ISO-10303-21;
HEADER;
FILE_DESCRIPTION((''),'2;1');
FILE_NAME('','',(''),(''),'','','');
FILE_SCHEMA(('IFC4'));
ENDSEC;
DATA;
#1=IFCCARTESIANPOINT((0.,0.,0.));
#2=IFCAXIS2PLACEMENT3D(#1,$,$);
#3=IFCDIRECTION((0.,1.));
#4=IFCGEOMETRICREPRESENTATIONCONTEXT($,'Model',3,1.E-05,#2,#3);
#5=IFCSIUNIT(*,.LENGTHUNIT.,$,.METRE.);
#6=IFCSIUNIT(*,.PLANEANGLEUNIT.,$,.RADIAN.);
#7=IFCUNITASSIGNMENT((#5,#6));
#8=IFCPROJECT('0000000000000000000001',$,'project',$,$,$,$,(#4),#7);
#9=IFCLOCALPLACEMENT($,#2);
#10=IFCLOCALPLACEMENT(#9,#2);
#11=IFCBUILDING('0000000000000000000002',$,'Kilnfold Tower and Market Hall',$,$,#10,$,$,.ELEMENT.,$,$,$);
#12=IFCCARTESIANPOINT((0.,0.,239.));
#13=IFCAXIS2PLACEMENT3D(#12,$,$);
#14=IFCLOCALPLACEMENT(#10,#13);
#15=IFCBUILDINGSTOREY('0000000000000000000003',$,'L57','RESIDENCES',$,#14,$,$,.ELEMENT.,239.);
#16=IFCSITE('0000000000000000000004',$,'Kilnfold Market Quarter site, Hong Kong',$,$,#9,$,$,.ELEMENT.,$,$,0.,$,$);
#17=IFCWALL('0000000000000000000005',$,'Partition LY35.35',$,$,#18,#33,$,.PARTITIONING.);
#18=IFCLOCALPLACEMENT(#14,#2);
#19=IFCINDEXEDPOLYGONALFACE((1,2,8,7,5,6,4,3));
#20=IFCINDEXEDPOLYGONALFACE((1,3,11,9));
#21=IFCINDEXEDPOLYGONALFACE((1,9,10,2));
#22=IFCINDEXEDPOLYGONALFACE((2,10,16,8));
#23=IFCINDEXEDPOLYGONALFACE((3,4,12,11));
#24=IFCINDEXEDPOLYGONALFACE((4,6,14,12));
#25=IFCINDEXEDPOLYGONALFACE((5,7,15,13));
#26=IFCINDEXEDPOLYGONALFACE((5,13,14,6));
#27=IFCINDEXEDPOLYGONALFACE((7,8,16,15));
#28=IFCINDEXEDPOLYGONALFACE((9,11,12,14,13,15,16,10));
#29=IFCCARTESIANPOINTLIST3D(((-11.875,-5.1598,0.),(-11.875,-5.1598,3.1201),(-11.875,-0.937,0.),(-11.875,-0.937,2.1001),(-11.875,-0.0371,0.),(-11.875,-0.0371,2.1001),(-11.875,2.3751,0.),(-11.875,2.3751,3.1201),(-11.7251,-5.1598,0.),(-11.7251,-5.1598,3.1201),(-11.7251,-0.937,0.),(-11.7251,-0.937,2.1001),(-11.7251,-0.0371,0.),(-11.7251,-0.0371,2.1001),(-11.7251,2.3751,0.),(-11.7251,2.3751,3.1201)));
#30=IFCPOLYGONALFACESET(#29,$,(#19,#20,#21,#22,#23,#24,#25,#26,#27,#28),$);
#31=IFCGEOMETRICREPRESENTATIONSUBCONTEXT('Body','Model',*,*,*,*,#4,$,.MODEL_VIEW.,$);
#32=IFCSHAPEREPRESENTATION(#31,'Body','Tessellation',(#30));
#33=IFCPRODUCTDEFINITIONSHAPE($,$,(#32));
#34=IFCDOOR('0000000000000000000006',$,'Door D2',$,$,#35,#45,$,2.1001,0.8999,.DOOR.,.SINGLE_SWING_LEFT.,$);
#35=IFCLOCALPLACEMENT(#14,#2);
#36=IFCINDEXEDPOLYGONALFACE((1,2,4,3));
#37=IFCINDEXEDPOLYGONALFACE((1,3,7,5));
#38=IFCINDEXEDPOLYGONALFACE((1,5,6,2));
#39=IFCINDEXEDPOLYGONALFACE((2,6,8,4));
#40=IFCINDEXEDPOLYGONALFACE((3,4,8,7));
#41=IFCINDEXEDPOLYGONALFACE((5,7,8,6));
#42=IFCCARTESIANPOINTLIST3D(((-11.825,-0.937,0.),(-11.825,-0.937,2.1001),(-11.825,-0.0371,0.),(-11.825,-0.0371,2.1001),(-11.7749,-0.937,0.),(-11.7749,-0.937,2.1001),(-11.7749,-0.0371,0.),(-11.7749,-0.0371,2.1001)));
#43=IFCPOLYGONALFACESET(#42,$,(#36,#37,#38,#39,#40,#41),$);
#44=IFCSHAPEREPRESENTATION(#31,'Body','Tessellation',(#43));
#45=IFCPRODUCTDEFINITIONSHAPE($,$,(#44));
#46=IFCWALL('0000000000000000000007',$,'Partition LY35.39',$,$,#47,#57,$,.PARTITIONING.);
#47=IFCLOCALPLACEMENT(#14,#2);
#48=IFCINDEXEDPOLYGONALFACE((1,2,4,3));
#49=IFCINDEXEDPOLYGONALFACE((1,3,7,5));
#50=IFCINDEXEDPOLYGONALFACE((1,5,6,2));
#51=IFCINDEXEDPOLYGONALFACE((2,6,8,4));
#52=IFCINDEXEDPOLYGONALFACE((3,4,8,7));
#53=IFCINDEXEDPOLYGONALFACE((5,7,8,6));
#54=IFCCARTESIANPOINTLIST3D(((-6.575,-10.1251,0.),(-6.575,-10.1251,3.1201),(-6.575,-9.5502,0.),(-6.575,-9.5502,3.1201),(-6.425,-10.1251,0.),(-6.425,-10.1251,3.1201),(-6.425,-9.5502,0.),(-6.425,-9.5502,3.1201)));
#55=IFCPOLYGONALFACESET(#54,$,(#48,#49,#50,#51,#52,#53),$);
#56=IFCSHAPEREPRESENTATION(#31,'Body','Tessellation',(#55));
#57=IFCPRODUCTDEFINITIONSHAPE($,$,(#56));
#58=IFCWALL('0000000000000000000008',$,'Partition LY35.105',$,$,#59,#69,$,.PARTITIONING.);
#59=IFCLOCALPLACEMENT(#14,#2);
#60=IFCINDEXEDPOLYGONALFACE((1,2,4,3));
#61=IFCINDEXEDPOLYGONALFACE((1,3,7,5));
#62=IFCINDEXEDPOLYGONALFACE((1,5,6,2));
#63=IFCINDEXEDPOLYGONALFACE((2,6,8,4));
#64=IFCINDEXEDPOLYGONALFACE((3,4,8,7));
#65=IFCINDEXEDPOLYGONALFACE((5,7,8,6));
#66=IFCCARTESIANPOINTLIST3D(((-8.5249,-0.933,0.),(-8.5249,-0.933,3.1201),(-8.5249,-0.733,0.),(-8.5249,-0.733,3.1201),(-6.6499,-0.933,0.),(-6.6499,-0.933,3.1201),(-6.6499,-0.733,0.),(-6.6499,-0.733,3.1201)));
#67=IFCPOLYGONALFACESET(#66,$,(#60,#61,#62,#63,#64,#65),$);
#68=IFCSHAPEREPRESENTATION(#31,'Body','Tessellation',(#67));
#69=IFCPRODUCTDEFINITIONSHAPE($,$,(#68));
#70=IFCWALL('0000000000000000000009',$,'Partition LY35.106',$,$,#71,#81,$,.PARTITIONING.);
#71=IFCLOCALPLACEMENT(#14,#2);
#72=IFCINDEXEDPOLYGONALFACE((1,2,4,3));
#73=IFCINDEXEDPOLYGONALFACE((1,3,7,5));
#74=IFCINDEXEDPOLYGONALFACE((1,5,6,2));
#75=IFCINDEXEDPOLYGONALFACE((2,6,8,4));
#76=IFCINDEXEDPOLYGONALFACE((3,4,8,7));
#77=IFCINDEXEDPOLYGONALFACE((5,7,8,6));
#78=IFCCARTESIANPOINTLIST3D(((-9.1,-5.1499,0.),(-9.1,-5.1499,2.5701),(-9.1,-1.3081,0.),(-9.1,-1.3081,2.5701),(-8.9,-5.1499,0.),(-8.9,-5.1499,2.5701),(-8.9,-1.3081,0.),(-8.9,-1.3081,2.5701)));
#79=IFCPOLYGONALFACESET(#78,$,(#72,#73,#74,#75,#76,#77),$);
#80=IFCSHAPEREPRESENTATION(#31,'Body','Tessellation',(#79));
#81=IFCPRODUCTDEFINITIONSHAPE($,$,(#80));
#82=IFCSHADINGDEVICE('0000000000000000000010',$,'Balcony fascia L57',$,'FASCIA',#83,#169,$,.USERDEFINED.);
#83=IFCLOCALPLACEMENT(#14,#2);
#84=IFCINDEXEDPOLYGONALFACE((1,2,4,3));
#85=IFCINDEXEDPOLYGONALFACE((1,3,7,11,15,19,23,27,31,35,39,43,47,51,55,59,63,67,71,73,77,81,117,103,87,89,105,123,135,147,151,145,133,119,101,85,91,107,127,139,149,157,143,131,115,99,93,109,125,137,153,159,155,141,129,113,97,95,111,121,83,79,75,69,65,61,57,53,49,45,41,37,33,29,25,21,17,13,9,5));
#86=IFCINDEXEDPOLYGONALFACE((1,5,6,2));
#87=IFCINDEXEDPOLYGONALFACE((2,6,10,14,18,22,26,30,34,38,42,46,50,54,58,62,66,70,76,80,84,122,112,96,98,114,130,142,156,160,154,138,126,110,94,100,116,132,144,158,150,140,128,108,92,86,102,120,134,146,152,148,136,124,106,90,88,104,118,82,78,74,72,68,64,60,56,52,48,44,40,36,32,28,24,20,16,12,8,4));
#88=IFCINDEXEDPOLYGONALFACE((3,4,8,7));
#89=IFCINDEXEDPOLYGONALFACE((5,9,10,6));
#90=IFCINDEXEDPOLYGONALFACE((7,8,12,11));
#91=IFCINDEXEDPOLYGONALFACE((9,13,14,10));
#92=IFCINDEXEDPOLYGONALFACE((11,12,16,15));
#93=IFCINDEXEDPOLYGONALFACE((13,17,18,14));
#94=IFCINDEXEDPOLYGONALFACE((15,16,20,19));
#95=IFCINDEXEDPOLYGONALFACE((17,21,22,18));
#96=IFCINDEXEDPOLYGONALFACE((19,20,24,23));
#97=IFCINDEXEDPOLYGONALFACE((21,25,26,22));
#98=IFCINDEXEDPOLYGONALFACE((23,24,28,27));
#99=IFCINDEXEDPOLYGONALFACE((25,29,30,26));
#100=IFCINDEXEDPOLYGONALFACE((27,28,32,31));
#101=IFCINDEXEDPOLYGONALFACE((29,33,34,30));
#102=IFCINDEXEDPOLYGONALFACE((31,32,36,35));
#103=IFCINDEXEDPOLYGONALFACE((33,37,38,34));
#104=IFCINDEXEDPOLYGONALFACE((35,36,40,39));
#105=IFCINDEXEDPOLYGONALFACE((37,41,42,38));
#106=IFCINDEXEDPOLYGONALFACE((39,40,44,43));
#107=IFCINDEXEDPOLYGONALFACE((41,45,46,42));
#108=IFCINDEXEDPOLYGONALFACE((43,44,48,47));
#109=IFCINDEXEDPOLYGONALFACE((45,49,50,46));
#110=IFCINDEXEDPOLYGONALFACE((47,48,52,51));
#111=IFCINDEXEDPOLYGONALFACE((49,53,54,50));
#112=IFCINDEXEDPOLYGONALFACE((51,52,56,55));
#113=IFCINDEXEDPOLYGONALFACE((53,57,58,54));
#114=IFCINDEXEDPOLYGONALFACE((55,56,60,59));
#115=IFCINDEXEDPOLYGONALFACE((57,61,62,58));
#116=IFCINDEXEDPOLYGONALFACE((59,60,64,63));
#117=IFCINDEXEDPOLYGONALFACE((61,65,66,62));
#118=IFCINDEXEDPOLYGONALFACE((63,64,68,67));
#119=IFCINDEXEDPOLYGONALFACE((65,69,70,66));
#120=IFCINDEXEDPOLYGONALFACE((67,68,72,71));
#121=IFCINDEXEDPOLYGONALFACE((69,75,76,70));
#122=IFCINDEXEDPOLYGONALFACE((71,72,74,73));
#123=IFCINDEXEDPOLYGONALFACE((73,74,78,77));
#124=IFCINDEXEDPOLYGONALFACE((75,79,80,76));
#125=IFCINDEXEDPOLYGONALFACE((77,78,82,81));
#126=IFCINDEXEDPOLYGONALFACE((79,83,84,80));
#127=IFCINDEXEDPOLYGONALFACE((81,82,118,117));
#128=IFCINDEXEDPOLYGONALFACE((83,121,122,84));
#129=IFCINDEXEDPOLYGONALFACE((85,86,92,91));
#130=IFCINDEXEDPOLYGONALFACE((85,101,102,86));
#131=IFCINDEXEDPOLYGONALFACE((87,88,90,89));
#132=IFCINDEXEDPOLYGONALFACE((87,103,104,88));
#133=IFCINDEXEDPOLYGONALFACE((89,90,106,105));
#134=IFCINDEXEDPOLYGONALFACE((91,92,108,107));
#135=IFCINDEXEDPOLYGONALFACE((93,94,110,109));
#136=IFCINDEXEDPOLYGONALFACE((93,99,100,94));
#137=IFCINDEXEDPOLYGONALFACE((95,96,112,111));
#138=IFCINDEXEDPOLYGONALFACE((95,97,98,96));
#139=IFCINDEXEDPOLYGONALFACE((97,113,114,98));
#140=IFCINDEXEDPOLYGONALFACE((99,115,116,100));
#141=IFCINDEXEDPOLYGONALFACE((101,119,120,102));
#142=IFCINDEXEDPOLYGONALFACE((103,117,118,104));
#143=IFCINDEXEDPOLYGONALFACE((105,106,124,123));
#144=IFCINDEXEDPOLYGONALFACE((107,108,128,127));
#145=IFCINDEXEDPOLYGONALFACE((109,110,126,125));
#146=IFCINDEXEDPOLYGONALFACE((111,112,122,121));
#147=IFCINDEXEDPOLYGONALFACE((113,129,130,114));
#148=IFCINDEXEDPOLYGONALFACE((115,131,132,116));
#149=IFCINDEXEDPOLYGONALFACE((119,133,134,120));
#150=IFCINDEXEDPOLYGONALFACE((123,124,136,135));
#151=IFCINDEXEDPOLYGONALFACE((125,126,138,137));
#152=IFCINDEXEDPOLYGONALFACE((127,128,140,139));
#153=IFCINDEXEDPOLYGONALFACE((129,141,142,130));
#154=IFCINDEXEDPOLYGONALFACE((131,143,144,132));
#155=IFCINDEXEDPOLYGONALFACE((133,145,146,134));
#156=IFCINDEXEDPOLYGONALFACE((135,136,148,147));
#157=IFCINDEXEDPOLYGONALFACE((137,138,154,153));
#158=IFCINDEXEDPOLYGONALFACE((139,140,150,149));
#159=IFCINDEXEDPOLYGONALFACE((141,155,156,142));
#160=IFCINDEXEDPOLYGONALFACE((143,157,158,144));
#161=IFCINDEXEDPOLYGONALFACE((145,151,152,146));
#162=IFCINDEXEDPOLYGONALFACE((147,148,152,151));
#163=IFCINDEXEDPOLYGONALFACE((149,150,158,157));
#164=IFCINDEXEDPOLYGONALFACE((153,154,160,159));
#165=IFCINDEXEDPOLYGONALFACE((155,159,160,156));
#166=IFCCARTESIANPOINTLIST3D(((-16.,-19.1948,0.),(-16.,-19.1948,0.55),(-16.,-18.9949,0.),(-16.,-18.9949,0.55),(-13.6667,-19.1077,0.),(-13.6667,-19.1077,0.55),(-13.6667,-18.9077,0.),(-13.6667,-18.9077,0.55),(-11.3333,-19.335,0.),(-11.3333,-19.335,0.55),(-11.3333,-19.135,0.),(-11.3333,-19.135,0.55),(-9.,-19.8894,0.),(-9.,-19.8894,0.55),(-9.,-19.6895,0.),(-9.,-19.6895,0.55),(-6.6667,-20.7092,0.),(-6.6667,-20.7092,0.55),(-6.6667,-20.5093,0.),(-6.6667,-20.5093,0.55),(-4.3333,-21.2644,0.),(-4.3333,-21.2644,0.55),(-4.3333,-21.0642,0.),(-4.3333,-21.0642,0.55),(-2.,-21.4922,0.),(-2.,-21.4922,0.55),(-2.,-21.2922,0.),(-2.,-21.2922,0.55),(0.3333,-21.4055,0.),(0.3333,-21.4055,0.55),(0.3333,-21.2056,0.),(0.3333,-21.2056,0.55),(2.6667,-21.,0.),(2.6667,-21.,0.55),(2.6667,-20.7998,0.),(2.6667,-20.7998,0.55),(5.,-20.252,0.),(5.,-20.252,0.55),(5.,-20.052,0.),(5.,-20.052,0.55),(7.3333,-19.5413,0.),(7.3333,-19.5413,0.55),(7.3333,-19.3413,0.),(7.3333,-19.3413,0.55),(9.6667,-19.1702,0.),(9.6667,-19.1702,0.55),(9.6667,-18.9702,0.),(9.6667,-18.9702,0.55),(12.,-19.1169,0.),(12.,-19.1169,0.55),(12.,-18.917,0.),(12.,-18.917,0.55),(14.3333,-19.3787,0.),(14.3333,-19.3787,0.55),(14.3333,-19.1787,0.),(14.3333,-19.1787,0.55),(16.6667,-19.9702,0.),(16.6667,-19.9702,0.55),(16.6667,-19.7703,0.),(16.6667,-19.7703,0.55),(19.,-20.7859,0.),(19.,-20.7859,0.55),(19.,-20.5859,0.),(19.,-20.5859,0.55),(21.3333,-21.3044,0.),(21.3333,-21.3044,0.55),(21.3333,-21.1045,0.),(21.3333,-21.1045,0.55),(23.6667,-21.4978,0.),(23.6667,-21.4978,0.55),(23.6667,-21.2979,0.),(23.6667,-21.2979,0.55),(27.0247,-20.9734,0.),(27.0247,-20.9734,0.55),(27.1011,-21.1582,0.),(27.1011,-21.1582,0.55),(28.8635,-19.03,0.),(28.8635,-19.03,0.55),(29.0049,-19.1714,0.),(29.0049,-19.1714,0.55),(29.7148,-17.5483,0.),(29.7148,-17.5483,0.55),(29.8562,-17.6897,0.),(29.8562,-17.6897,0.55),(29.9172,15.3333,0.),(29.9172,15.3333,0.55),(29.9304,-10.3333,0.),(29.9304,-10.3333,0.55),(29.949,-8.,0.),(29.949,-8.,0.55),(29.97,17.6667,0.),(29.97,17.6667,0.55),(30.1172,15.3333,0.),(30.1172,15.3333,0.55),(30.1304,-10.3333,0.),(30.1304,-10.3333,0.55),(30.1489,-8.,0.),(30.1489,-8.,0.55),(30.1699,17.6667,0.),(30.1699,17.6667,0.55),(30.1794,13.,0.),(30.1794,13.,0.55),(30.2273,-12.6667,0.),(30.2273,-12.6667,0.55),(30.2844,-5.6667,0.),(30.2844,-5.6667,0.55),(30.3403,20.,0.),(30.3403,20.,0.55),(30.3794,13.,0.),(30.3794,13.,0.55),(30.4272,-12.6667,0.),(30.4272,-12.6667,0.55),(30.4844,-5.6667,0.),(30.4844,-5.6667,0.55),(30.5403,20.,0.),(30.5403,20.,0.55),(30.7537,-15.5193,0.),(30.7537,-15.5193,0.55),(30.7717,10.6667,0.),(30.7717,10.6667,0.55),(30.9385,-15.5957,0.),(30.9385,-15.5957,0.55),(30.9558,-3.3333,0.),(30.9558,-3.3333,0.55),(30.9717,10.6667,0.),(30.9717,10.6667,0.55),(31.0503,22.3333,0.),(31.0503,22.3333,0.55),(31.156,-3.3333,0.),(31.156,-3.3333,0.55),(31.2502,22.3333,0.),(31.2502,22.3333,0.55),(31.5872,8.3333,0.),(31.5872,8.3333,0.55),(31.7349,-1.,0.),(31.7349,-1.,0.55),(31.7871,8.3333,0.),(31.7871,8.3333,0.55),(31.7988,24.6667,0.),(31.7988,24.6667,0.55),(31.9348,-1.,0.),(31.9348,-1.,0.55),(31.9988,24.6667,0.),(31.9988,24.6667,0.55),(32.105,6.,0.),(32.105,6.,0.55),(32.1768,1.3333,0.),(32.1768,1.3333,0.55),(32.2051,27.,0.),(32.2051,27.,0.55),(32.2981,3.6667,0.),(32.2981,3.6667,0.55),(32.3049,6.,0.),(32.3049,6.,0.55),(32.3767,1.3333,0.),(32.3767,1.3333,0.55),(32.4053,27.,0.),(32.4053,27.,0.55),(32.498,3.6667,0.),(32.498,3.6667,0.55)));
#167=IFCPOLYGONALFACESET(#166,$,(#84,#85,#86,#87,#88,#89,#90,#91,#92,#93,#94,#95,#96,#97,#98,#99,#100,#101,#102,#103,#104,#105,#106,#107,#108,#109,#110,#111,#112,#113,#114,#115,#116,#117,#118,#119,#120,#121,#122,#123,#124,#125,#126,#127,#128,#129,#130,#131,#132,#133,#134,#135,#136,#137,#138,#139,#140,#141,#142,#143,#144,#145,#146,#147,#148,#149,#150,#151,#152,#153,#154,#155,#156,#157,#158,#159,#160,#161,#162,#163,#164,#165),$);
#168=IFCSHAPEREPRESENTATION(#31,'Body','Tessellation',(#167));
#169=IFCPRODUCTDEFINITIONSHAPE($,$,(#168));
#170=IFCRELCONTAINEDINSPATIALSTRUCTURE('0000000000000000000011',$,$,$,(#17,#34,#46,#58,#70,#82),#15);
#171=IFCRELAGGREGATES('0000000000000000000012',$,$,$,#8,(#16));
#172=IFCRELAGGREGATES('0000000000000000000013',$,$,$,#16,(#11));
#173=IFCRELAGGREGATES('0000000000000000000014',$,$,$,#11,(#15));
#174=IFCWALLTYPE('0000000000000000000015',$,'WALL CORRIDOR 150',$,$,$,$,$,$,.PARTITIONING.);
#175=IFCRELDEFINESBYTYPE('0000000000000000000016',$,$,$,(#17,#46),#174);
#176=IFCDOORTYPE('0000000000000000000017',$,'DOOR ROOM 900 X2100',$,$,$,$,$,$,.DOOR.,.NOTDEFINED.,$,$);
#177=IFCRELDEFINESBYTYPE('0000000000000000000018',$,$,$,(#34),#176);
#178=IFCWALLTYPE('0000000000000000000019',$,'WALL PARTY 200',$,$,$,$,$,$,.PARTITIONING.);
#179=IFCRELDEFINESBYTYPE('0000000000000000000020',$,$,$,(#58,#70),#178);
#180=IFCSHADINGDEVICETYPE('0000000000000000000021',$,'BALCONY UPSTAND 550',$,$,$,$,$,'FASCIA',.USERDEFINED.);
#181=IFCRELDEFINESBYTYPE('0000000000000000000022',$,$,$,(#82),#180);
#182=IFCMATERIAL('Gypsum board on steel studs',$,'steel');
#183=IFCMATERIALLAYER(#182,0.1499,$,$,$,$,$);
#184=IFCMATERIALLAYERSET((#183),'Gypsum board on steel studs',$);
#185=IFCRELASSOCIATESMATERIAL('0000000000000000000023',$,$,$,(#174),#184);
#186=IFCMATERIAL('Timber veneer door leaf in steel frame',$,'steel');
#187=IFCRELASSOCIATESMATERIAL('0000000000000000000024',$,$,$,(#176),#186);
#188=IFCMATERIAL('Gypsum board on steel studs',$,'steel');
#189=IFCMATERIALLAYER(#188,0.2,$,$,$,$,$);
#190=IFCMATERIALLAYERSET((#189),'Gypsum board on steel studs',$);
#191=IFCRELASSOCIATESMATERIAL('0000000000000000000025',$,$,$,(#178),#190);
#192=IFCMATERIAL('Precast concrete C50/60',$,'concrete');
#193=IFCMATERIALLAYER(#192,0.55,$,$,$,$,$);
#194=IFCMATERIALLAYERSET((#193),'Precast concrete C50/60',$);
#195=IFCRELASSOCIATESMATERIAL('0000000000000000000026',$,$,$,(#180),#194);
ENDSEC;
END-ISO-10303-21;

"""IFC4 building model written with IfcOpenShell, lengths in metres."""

from ifc_helpers import new_model, si_unit, direction, frame, frame_2d, origin, place, context, subcontext, project, spatial, polyline, rectangle, outline, extrude, source, transform, mapped, material, layer, layer_set, type_object, element, fill, save


model = new_model("IFC4")

# Units and contexts
model_context = context("Model", 3, precision=1e-05, world=origin(), true_north=direction((0.0, 1.0)))
body_context = subcontext(model_context, "Body", "Model", "MODEL_VIEW")
ifc_project = project(units=[si_unit("LENGTHUNIT", "METRE"), si_unit("PLANEANGLEUNIT", "RADIAN")], contexts=[model_context])

# Site, building, storey
site_placement = place(None, origin())
site = spatial("IfcSite", under=ifc_project, at=site_placement, Name="Kilnfold Market Quarter site, Hong Kong", CompositionType="ELEMENT", RefElevation=0.0)
building_placement = place(site_placement, origin())
building = spatial("IfcBuilding", under=site, at=building_placement, Name="Kilnfold Tower and Market Hall", CompositionType="ELEMENT")
storey_placement = place(building_placement, frame((0.0, 0.0, 239.0)))
storey = spatial("IfcBuildingStorey", under=building, at=storey_placement, Name="L57", Description="RESIDENCES", CompositionType="ELEMENT", Elevation=239.0)

# Shared definitions
ifc_material_1 = material(Name="Gypsum board on steel studs", Category="steel")
ifc_layer_1 = layer(ifc_material_1, 0.1499)
ifc_layer_set_1 = layer_set([ifc_layer_1], Name="Gypsum board on steel studs")
wall_type_1 = type_object("IfcWallType", Name="WALL CORRIDOR 150", PredefinedType="PARTITIONING", material=ifc_layer_set_1)

# Wall, opening, door
wall_1_placement = place(storey_placement, frame((-11.8, -5.1599, 0.0), z_axis=(0.0, 0.0, 1.0), x_axis=(0.0, 1.0, 0.0)))
wall_1 = element("IfcWall", 1, at=wall_1_placement, inside=storey, type_object=wall_type_1, Name="Partition LY35.35", PredefinedType="PARTITIONING", context=body_context, shape_type="SweptSolid", body=[
    extrude(rectangle(XDim=7.5349, YDim=0.1499, at=frame_2d((3.7676, 0.0))), origin(), (0.0, 0.0, 1.0), 3.1201),
])
opening_placement = place(wall_1_placement, frame((4.2229, 0.0, 0.0)))
opening = element("IfcOpeningElement", 2, at=opening_placement, cuts=wall_1, PredefinedType="OPENING", context=body_context, shape_type="SweptSolid", body=[
    extrude(rectangle(XDim=0.8999, YDim=2.1001, at=frame_2d((0.45, 1.05))), frame((0.0, 0.085, 0.0), z_axis=(0.0, -1.0, 0.0), x_axis=(1.0, 0.0, 0.0)), (0.0, 0.0, 1.0), 0.1699),
])
ifc_material_2 = material(Name="Timber veneer door leaf in steel frame", Category="steel")
door_type = type_object("IfcDoorType", Name="DOOR ROOM 900 X2100", OperationType="NOTDEFINED", PredefinedType="DOOR", material=ifc_material_2)
door_placement = place(opening_placement, origin())
door = element("IfcDoor", 3, at=door_placement, inside=storey, type_object=door_type, Name="Door D2", OperationType="SINGLE_SWING_LEFT", OverallHeight=2.1001, OverallWidth=0.8999, PredefinedType="DOOR", context=body_context, shape_type="SweptSolid", body=[
    extrude(rectangle(XDim=0.8999, YDim=2.1001, at=frame_2d((0.45, 1.05))), frame((0.0, 0.0249, 0.0), z_axis=(0.0, -1.0, 0.0), x_axis=(1.0, 0.0, 0.0)), (0.0, 0.0, 1.0), 0.05),
])
fill(opening, door)

# Walls
wall_2_placement = place(storey_placement, frame((-6.5, -9.55, 0.0), z_axis=(0.0, 0.0, 1.0), x_axis=(0.0, -1.0, 0.0)))
element("IfcWall", 4, at=wall_2_placement, inside=storey, type_object=wall_type_1, Name="Partition LY35.39", PredefinedType="PARTITIONING", context=body_context, shape_type="SweptSolid", body=[
    extrude(rectangle(XDim=0.575, YDim=0.1499, at=frame_2d((0.2876, 0.0))), origin(), (0.0, 0.0, 1.0), 3.1201),
])
ifc_material_3 = material(Name="Gypsum board on steel studs", Category="steel")
ifc_layer_2 = layer(ifc_material_3, 0.2)
ifc_layer_set_2 = layer_set([ifc_layer_2], Name="Gypsum board on steel studs")
wall_type_2 = type_object("IfcWallType", Name="WALL PARTY 200", PredefinedType="PARTITIONING", material=ifc_layer_set_2)
wall_3_placement = place(storey_placement, frame((-8.5249, -0.833, 0.0), z_axis=(0.0, 0.0, 1.0), x_axis=(1.0, 0.0, 0.0)))
element("IfcWall", 5, at=wall_3_placement, inside=storey, type_object=wall_type_2, Name="Partition LY35.105", PredefinedType="PARTITIONING", context=body_context, shape_type="SweptSolid", body=[
    extrude(rectangle(XDim=1.875, YDim=0.2, at=frame_2d((0.9375, 0.0))), origin(), (0.0, 0.0, 1.0), 3.1201),
])
wall_4_placement = place(storey_placement, frame((-9.0, -5.1499, 0.0), z_axis=(0.0, 0.0, 1.0), x_axis=(0.0, 1.0, 0.0)))
element("IfcWall", 6, at=wall_4_placement, inside=storey, type_object=wall_type_2, Name="Partition LY35.106", PredefinedType="PARTITIONING", context=body_context, shape_type="SweptSolid", body=[
    extrude(rectangle(XDim=3.8418, YDim=0.2, at=frame_2d((1.9209, 0.0))), origin(), (0.0, 0.0, 1.0), 2.5701),
])

# Shading device
ifc_material_4 = material(Name="Precast concrete C50/60", Category="concrete")
ifc_layer_3 = layer(ifc_material_4, 0.55)
ifc_layer_set_3 = layer_set([ifc_layer_3], Name="Precast concrete C50/60")
shading_device_type_1 = type_object("IfcShadingDeviceType", Name="BALCONY UPSTAND 550", ElementType="FASCIA", PredefinedType="USERDEFINED", material=ifc_layer_set_3)
shared_shape_1 = source(origin(), body_context, "Body", "SweptSolid", [
    extrude(outline(polyline([(-16.0, -19.1948), (-13.6667, -19.1077), (-11.3333, -19.335), (-9.0, -19.8894), (-6.6667, -20.7092), (-4.3333, -21.2644), (-2.0, -21.4922), (0.3333, -21.4055), (2.6667, -21.0), (5.0, -20.252), (7.3333, -19.5413), (9.6667, -19.1702), (12.0, -19.1169), (14.3333, -19.3787), (16.6667, -19.9702), (19.0, -20.7859), (21.3333, -21.3044), (23.6667, -21.4978), (27.1011, -21.1582), (29.0049, -19.1714), (29.8562, -17.6897), (30.9385, -15.5957), (30.4272, -12.6667), (30.1304, -10.3333), (30.1489, -8.0), (30.4844, -5.6667), (31.156, -3.3333), (31.9348, -1.0), (32.3767, 1.3333), (32.498, 3.6667), (32.3049, 6.0), (31.7871, 8.3333), (30.9717, 10.6667), (30.3794, 13.0), (30.1172, 15.3333), (30.1699, 17.6667), (30.5403, 20.0), (31.2502, 22.3333), (31.9988, 24.6667), (32.4053, 27.0), (32.2051, 27.0), (31.7988, 24.6667), (31.0503, 22.3333), (30.3403, 20.0), (29.97, 17.6667), (29.9172, 15.3333), (30.1794, 13.0), (30.7717, 10.6667), (31.5872, 8.3333), (32.105, 6.0), (32.2981, 3.6667), (32.1768, 1.3333), (31.7349, -1.0), (30.9558, -3.3333), (30.2844, -5.6667), (29.949, -8.0), (29.9304, -10.3333), (30.2273, -12.6667), (30.7537, -15.5193), (29.7148, -17.5483), (28.8635, -19.03), (27.0247, -20.9734), (23.6667, -21.2979), (21.3333, -21.1045), (19.0, -20.5859), (16.6667, -19.7703), (14.3333, -19.1787), (12.0, -18.917), (9.6667, -18.9702), (7.3333, -19.3413), (5.0, -20.052), (2.6667, -20.7998), (0.3333, -21.2056), (-2.0, -21.2922), (-4.3333, -21.0642), (-6.6667, -20.5093), (-9.0, -19.6895), (-11.3333, -19.135), (-13.6667, -18.9077), (-16.0, -18.9949), (-16.0, -19.1948)])), origin(), (0.0, 0.0, 1.0), 0.55),
])
shading_device_1_placement = place(storey_placement, origin())
element("IfcShadingDevice", 7, at=shading_device_1_placement, inside=storey, type_object=shading_device_type_1, Name="Balcony fascia L57", ObjectType="FASCIA", PredefinedType="USERDEFINED", context=body_context, shape_type="MappedRepresentation", body=[
    mapped(shared_shape_1, transform((0.0, 0.0, 0.0))),
])

save(model, "model.ifc")
